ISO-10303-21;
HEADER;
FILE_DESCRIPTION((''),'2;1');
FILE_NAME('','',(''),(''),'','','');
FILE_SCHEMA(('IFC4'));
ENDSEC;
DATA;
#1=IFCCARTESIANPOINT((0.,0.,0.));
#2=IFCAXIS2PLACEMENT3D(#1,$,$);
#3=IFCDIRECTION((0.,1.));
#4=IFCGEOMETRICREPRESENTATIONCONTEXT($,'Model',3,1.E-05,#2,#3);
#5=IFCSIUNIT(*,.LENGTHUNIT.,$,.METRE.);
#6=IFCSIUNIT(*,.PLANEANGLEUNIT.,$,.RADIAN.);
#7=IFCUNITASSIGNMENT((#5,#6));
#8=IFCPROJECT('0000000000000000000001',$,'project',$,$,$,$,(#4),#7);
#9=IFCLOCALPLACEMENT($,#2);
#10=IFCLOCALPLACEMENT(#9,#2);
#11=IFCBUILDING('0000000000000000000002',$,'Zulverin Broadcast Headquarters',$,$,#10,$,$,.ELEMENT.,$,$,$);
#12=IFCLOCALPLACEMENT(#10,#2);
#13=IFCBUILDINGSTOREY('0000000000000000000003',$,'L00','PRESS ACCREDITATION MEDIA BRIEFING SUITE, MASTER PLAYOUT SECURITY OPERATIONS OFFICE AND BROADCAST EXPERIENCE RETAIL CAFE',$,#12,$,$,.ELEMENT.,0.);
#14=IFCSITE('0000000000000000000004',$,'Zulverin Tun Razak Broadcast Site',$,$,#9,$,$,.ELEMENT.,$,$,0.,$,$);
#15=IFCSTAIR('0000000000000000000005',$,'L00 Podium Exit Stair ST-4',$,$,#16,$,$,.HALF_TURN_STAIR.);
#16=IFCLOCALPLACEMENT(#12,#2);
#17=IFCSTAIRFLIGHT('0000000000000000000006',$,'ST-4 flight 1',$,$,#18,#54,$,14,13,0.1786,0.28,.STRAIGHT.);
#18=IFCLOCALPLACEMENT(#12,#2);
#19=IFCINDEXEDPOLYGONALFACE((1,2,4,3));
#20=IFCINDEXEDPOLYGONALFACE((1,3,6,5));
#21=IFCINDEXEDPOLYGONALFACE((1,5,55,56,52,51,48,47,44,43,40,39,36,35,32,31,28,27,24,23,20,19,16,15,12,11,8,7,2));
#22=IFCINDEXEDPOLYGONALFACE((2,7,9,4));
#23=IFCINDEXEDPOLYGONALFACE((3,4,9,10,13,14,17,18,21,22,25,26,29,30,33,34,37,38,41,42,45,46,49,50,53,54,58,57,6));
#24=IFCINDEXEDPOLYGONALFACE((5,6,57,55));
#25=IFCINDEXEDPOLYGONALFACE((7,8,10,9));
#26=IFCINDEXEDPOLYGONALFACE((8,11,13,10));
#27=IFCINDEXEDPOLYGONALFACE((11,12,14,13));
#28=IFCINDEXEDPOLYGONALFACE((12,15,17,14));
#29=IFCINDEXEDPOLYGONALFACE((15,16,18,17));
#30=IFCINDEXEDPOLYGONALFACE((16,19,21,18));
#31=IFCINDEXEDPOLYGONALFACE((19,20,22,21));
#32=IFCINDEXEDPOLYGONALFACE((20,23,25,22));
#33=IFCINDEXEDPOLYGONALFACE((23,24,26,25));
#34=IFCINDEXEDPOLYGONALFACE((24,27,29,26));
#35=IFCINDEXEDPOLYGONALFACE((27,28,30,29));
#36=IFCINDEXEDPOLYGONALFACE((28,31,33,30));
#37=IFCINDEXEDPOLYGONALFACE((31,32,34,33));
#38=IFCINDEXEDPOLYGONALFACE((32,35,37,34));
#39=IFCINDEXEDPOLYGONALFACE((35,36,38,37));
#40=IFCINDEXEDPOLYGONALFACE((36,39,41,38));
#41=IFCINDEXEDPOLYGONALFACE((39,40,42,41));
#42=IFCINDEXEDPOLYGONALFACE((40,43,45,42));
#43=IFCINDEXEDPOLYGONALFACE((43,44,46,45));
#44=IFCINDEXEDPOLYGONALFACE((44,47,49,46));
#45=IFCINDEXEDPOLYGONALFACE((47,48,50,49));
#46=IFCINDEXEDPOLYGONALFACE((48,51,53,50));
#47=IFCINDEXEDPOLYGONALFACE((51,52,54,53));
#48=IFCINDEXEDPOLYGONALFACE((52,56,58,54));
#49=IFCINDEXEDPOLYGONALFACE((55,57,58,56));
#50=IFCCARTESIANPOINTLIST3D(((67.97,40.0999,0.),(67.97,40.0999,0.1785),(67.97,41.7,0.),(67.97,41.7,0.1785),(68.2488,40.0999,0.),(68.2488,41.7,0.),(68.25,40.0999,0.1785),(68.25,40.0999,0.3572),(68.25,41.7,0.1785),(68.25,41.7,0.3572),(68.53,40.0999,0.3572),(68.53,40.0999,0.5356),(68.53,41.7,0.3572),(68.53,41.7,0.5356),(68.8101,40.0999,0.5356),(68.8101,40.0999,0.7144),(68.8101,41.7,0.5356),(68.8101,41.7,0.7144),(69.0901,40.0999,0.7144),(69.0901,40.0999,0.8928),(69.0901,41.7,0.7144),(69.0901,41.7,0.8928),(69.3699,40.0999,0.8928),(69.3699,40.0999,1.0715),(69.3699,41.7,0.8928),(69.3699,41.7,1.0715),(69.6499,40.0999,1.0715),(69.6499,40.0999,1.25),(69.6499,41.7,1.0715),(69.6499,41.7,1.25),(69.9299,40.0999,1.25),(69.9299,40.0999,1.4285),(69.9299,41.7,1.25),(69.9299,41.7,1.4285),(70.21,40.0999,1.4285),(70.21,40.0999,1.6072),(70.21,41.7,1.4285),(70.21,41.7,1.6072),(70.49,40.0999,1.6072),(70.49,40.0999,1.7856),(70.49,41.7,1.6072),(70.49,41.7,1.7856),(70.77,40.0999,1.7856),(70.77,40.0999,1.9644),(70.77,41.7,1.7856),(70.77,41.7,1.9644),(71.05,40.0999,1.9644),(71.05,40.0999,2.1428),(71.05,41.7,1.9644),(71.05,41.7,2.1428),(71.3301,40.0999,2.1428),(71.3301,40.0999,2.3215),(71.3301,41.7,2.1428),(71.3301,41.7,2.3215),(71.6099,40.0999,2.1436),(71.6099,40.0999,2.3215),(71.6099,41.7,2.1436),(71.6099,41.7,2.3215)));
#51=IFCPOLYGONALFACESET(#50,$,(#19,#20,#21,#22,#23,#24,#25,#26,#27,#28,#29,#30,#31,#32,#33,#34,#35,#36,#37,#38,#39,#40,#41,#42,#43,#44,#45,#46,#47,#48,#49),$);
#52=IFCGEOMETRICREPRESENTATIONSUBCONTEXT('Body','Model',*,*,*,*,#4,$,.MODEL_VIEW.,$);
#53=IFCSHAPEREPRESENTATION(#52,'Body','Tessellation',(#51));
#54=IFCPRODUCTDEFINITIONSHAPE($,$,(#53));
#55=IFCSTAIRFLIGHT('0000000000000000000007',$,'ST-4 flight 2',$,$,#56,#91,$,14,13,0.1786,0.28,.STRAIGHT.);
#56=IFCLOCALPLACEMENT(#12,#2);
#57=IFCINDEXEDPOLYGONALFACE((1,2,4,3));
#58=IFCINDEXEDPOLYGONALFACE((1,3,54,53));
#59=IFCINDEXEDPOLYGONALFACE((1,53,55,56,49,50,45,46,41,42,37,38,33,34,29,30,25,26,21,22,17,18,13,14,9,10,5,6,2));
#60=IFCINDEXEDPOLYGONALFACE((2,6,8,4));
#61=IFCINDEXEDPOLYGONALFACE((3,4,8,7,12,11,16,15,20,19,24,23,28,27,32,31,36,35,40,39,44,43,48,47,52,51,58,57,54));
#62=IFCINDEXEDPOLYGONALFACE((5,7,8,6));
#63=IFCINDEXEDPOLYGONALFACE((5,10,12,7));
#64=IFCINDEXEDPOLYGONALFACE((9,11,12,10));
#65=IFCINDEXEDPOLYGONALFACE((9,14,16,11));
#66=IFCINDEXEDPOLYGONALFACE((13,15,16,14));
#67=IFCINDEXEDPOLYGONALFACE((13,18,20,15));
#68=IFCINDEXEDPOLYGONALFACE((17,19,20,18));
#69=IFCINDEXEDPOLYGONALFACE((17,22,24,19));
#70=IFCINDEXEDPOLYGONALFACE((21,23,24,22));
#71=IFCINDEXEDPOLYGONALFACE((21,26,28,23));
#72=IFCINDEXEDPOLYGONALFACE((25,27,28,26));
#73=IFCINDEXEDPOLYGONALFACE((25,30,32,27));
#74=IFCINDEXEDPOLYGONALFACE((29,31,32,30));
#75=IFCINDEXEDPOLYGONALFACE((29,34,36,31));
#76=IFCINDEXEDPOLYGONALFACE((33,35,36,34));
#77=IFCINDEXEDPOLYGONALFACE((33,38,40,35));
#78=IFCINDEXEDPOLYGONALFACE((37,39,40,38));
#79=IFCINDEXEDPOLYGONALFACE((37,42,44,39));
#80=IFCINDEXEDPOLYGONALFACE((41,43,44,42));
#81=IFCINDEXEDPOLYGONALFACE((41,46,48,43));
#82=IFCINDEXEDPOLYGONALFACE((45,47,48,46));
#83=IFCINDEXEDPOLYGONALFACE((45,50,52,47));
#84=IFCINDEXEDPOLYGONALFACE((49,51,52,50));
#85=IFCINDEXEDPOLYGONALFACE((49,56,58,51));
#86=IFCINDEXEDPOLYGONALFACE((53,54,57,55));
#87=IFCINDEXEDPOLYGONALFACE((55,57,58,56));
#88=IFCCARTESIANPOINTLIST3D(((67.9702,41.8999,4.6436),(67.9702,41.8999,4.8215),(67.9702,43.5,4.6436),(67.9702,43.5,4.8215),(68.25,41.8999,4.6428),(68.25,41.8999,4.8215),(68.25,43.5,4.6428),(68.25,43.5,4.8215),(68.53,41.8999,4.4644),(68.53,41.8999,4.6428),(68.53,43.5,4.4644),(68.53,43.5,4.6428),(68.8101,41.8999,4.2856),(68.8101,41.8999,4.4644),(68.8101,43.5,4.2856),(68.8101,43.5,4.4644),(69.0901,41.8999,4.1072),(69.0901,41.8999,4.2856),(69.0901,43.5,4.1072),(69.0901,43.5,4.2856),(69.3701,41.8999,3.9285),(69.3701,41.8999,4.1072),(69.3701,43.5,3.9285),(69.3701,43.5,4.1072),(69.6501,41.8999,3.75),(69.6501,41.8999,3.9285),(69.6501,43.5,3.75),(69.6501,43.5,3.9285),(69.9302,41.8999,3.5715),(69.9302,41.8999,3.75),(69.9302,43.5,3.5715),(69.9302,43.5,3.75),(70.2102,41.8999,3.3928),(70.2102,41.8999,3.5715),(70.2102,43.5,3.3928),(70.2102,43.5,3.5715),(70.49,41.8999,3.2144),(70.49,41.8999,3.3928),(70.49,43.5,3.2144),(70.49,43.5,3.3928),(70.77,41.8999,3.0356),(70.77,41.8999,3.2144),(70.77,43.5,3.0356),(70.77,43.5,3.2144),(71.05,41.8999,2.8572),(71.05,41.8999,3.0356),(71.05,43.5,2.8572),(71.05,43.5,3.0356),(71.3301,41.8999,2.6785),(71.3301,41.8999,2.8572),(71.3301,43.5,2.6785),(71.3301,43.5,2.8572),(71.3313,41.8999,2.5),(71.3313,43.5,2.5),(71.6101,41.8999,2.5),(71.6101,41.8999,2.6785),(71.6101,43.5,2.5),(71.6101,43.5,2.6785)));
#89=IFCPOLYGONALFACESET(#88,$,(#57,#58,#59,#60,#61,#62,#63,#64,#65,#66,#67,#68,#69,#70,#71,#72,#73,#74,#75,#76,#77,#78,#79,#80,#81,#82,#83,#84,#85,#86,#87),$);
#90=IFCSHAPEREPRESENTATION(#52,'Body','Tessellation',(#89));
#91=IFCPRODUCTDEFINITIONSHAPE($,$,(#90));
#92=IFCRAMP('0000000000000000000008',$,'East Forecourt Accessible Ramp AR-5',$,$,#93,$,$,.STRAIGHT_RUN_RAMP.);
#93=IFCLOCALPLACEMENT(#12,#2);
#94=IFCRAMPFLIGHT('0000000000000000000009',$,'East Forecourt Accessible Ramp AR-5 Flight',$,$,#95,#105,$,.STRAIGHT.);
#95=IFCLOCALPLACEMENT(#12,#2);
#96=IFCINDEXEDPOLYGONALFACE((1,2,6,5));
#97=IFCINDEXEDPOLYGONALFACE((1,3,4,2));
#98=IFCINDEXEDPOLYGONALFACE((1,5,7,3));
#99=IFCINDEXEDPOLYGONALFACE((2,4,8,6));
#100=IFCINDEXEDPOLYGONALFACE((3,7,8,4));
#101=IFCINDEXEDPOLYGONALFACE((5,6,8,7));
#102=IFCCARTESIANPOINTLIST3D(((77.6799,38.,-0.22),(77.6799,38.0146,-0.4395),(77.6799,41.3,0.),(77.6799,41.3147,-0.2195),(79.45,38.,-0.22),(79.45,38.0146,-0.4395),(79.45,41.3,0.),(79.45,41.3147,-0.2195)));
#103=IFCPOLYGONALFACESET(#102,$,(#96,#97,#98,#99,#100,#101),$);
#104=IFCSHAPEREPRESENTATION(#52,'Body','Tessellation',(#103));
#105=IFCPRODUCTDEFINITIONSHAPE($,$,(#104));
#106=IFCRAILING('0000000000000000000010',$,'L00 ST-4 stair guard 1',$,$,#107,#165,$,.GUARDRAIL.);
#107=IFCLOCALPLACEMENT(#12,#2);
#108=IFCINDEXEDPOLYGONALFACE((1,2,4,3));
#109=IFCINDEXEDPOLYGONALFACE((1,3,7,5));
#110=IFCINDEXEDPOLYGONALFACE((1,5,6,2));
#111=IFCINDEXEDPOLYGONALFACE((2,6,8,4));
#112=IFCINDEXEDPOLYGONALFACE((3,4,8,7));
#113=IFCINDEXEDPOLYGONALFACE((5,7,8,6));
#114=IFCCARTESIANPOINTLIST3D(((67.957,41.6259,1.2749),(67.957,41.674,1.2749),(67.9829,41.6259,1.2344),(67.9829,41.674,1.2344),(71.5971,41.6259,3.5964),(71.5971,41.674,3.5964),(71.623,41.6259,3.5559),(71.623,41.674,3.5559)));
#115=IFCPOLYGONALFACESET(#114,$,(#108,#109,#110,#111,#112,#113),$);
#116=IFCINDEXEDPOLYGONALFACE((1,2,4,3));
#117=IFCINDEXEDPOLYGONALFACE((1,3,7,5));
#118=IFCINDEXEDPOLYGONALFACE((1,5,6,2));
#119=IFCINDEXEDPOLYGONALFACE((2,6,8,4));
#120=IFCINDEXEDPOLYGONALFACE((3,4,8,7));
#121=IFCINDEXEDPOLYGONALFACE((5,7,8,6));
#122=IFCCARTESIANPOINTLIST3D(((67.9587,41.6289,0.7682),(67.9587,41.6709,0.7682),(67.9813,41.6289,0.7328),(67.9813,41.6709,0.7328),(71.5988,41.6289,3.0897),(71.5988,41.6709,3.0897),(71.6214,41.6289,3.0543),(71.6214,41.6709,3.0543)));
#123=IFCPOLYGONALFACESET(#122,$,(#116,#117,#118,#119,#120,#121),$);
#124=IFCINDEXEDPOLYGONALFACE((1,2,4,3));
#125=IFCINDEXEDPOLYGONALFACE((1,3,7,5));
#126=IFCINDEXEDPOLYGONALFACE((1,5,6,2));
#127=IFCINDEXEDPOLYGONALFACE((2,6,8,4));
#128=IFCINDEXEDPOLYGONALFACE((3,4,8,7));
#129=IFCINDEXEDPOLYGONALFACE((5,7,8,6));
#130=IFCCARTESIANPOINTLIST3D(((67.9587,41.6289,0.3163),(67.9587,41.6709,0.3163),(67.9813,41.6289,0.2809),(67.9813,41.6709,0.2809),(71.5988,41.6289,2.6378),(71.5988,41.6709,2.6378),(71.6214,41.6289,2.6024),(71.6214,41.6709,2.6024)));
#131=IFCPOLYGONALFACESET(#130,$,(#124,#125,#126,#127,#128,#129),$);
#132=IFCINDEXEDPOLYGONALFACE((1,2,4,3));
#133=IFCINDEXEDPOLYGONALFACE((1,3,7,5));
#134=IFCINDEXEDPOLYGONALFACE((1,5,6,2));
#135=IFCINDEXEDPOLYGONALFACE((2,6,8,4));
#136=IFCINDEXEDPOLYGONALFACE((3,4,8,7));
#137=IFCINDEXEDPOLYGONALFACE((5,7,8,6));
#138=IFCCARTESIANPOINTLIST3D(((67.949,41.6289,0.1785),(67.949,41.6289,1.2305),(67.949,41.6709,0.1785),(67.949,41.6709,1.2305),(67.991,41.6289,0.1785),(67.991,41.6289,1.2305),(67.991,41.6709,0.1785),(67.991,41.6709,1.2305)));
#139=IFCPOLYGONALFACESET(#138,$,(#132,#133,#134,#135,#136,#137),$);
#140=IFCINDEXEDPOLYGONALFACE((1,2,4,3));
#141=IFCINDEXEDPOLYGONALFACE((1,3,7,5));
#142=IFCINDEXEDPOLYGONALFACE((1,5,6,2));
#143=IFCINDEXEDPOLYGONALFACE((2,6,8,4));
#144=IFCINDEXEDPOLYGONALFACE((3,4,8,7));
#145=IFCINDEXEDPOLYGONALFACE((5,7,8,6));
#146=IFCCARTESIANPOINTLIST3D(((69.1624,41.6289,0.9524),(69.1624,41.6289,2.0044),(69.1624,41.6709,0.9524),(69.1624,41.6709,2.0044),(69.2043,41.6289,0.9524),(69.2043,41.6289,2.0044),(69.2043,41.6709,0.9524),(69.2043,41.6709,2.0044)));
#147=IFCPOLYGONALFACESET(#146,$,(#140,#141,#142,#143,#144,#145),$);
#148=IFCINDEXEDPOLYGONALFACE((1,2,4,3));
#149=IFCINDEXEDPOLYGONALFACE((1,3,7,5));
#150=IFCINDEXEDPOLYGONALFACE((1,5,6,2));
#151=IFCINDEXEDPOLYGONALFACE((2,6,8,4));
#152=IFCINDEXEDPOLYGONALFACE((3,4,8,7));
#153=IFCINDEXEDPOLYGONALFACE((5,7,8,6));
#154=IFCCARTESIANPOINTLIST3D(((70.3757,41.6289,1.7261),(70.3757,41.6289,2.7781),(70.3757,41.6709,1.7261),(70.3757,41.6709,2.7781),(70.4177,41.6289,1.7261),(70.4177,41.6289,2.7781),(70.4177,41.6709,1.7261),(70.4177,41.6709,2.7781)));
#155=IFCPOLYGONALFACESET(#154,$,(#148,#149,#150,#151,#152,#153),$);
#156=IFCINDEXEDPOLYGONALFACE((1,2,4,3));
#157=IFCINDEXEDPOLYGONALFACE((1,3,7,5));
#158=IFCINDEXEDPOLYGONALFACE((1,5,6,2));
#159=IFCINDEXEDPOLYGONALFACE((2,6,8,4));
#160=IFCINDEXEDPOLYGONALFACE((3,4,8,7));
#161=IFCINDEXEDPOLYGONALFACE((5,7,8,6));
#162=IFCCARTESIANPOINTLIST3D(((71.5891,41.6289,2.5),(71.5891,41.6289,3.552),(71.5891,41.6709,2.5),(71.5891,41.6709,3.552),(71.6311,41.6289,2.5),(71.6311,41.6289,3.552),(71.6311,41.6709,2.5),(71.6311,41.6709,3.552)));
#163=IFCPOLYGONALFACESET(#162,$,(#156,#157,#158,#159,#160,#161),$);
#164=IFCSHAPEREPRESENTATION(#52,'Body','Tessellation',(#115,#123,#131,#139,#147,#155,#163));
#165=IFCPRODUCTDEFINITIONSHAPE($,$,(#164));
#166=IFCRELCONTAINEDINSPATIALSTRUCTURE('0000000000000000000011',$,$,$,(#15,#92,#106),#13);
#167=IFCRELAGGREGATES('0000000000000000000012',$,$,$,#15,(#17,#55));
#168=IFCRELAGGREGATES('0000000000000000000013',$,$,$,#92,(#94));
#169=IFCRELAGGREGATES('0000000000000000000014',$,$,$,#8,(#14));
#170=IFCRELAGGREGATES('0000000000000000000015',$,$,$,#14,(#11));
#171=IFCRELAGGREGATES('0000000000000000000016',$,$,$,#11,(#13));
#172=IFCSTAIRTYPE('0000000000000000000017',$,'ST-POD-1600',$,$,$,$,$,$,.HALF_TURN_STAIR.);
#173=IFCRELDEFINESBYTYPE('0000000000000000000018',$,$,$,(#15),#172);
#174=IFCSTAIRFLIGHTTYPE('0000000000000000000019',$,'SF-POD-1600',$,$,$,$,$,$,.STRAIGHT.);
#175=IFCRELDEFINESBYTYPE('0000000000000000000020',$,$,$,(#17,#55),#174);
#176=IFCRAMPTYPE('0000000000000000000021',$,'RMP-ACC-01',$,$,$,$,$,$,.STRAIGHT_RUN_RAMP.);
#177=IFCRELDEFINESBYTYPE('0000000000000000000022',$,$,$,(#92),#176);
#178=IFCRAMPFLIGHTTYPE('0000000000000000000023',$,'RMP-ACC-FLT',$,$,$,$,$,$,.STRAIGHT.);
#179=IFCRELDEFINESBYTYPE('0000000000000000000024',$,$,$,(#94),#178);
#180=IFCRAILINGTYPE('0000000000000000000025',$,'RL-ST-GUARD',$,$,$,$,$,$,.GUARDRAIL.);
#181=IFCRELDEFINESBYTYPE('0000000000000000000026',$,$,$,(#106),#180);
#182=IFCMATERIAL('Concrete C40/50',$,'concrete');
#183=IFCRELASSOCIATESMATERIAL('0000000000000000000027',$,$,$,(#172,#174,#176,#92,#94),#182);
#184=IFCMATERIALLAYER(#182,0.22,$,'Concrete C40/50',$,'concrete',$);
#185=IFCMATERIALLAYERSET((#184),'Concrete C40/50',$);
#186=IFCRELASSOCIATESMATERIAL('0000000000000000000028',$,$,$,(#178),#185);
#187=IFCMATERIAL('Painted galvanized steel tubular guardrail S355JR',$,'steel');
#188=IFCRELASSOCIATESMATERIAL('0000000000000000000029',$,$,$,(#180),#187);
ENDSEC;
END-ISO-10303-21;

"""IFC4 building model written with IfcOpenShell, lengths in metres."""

from ifc_helpers import new_model, si_unit, direction, frame, origin, origin_2d, place, context, subcontext, project, spatial, polyline, rectangle, outline, extrude, material, layer, layer_set, type_object, element, aggregate, save


model = new_model("IFC4")

# Units and contexts
model_context = context("Model", 3, precision=1e-05, world=origin(), true_north=direction((0.0, 1.0)))
body_context = subcontext(model_context, "Body", "Model", "MODEL_VIEW")
ifc_project = project(units=[si_unit("LENGTHUNIT", "METRE"), si_unit("PLANEANGLEUNIT", "RADIAN")], contexts=[model_context])

# Site, building, storey
site_placement = place(None, origin())
site = spatial("IfcSite", under=ifc_project, at=site_placement, Name="Zulverin Tun Razak Broadcast Site", CompositionType="ELEMENT", RefElevation=0.0)
building_placement = place(site_placement, origin())
building = spatial("IfcBuilding", under=site, at=building_placement, Name="Zulverin Broadcast Headquarters", CompositionType="ELEMENT")
storey_placement = place(building_placement, origin())
storey = spatial("IfcBuildingStorey", under=building, at=storey_placement, Name="L00", Description="PRESS ACCREDITATION MEDIA BRIEFING SUITE, MASTER PLAYOUT SECURITY OPERATIONS OFFICE AND BROADCAST EXPERIENCE RETAIL CAFE", CompositionType="ELEMENT", Elevation=0.0)

# Shared definitions
ifc_material_1 = material(Name="Concrete C40/50", Category="concrete")

# Stair, stair flights
stair_type = type_object("IfcStairType", Name="ST-POD-1600", PredefinedType="HALF_TURN_STAIR", material=ifc_material_1)
stair_placement = place(storey_placement, origin())
stair = element("IfcStair", 1, at=stair_placement, inside=storey, type_object=stair_type, Name="L00 Podium Exit Stair ST-4", PredefinedType="HALF_TURN_STAIR")
stair_flight_type = type_object("IfcStairFlightType", Name="SF-POD-1600", PredefinedType="STRAIGHT", material=ifc_material_1)
stair_flight_1_placement = place(storey_placement, frame((67.97, 40.8999, 0.0), z_axis=(0.0, 0.0, 1.0), x_axis=(1.0, 0.0, 0.0)))
stair_flight_1 = element("IfcStairFlight", 2, at=stair_flight_1_placement, type_object=stair_flight_type, Name="ST-4 flight 1", NumberOfRisers=14, NumberOfTreads=13, PredefinedType="STRAIGHT", RiserHeight=0.1786, TreadLength=0.28, context=body_context, shape_type="SweptSolid", body=[
    extrude(outline(polyline([(0.0, 0.0), (0.0, 0.1785), (0.28, 0.1785), (0.28, 0.3572), (0.5601, 0.3572), (0.5601, 0.5356), (0.8401, 0.5356), (0.8401, 0.7144), (1.1201, 0.7144), (1.1201, 0.8928), (1.3999, 0.8928), (1.3999, 1.0715), (1.6799, 1.0715), (1.6799, 1.25), (1.96, 1.25), (1.96, 1.4285), (2.24, 1.4285), (2.24, 1.6072), (2.52, 1.6072), (2.52, 1.7856), (2.8, 1.7856), (2.8, 1.9644), (3.0801, 1.9644), (3.0801, 2.1428), (3.3601, 2.1428), (3.3601, 2.3215), (3.6399, 2.3215), (3.6399, 2.5), (3.6399, 2.1436), (0.2788, 0.0), (0.0, 0.0)])), frame((0.0, 0.8, 0.0), z_axis=(0.0, -1.0, 0.0), x_axis=(1.0, 0.0, 0.0)), (0.0, 0.0, 1.0), 1.6001),
])
stair_flight_2_placement = place(storey_placement, frame((71.6101, 42.7, 2.5), z_axis=(0.0, 0.0, 1.0), x_axis=(-1.0, 0.0, 0.0)))
stair_flight_2 = element("IfcStairFlight", 3, at=stair_flight_2_placement, type_object=stair_flight_type, Name="ST-4 flight 2", NumberOfRisers=14, NumberOfTreads=13, PredefinedType="STRAIGHT", RiserHeight=0.1786, TreadLength=0.28, context=body_context, shape_type="SweptSolid", body=[
    extrude(outline(polyline([(0.0, 0.0), (0.0, 0.1785), (0.28, 0.1785), (0.28, 0.3572), (0.5601, 0.3572), (0.5601, 0.5356), (0.8401, 0.5356), (0.8401, 0.7144), (1.1201, 0.7144), (1.1201, 0.8928), (1.3999, 0.8928), (1.3999, 1.0715), (1.6799, 1.0715), (1.6799, 1.25), (1.96, 1.25), (1.96, 1.4285), (2.24, 1.4285), (2.24, 1.6072), (2.52, 1.6072), (2.52, 1.7856), (2.8, 1.7856), (2.8, 1.9644), (3.0801, 1.9644), (3.0801, 2.1428), (3.3601, 2.1428), (3.3601, 2.3215), (3.6399, 2.3215), (3.6399, 2.5), (3.6399, 2.1436), (0.2788, 0.0), (0.0, 0.0)])), frame((0.0, 0.8, 0.0), z_axis=(0.0, -1.0, 0.0), x_axis=(1.0, 0.0, 0.0)), (0.0, 0.0, 1.0), 1.6001),
])
aggregate(stair, [stair_flight_1, stair_flight_2])

# Ramp, ramp flight
ramp_type = type_object("IfcRampType", Name="RMP-ACC-01", PredefinedType="STRAIGHT_RUN_RAMP", material=ifc_material_1)
ramp_placement = place(storey_placement, origin())
ramp = element("IfcRamp", 4, at=ramp_placement, inside=storey, type_object=ramp_type, material=ifc_material_1, Name="East Forecourt Accessible Ramp AR-5", PredefinedType="STRAIGHT_RUN_RAMP")
ifc_layer_1 = layer(ifc_material_1, 0.22, Name="Concrete C40/50", Category="concrete")
ifc_layer_set_1 = layer_set([ifc_layer_1], Name="Concrete C40/50")
ramp_flight_type = type_object("IfcRampFlightType", Name="RMP-ACC-FLT", PredefinedType="STRAIGHT", material=ifc_layer_set_1)
ramp_flight_placement = place(storey_placement, frame((77.6799, 38.0, -0.22), z_axis=(0.0, -0.066509, 0.997786), x_axis=(0.0, 0.997786, 0.066509)))
ramp_flight = element("IfcRampFlight", 5, at=ramp_flight_placement, type_object=ramp_flight_type, material=ifc_material_1, Name="East Forecourt Accessible Ramp AR-5 Flight", PredefinedType="STRAIGHT", context=body_context, shape_type="SweptSolid", body=[
    extrude(outline(polyline([(0.0, 0.0), (3.3074, 0.0), (3.3074, -1.77), (0.0, -1.77), (0.0, 0.0)])), origin(), (0.0, 0.0, -1.0), 0.22),
])
aggregate(ramp, [ramp_flight])

# Railing
ifc_material_2 = material(Name="Painted galvanized steel tubular guardrail S355JR", Category="steel")
railing_type_1 = type_object("IfcRailingType", Name="RL-ST-GUARD", PredefinedType="GUARDRAIL", material=ifc_material_2)
railing_1_placement = place(storey_placement, frame((67.97, 41.6499, 0.1785)))
element("IfcRailing", 6, at=railing_1_placement, inside=storey, type_object=railing_type_1, Name="L00 ST-4 stair guard 1", PredefinedType="GUARDRAIL", context=body_context, shape_type="SweptSolid", body=[
    extrude(rectangle(XDim=0.0481, YDim=0.0481, at=origin_2d()), frame((0.0, 0.0, 1.0762), z_axis=(0.843128, 0.0, 0.537713), x_axis=(0.0, 1.0, 0.0)), (0.0, 0.0, 1.0), 4.3174),
    extrude(rectangle(XDim=0.042, YDim=0.042, at=origin_2d()), frame((0.0, 0.0, 0.572), z_axis=(0.843128, 0.0, 0.537713), x_axis=(0.0, 1.0, 0.0)), (0.0, 0.0, 1.0), 4.3174),
    extrude(rectangle(XDim=0.042, YDim=0.042, at=origin_2d()), frame((0.0, 0.0, 0.1201), z_axis=(0.843128, 0.0, 0.537713), x_axis=(0.0, 1.0, 0.0)), (0.0, 0.0, 1.0), 4.3174),
    extrude(rectangle(XDim=0.042, YDim=0.042, at=origin_2d()), origin(), (0.0, 0.0, 1.0), 1.052),
    extrude(rectangle(XDim=0.042, YDim=0.042, at=origin_2d()), frame((1.2134, 0.0, 0.7739)), (0.0, 0.0, 1.0), 1.052),
    extrude(rectangle(XDim=0.042, YDim=0.042, at=origin_2d()), frame((2.4268, 0.0, 1.5476)), (0.0, 0.0, 1.0), 1.052),
    extrude(rectangle(XDim=0.042, YDim=0.042, at=origin_2d()), frame((3.6401, 0.0, 2.3215)), (0.0, 0.0, 1.0), 1.052),
])

save(model, "model.ifc")
